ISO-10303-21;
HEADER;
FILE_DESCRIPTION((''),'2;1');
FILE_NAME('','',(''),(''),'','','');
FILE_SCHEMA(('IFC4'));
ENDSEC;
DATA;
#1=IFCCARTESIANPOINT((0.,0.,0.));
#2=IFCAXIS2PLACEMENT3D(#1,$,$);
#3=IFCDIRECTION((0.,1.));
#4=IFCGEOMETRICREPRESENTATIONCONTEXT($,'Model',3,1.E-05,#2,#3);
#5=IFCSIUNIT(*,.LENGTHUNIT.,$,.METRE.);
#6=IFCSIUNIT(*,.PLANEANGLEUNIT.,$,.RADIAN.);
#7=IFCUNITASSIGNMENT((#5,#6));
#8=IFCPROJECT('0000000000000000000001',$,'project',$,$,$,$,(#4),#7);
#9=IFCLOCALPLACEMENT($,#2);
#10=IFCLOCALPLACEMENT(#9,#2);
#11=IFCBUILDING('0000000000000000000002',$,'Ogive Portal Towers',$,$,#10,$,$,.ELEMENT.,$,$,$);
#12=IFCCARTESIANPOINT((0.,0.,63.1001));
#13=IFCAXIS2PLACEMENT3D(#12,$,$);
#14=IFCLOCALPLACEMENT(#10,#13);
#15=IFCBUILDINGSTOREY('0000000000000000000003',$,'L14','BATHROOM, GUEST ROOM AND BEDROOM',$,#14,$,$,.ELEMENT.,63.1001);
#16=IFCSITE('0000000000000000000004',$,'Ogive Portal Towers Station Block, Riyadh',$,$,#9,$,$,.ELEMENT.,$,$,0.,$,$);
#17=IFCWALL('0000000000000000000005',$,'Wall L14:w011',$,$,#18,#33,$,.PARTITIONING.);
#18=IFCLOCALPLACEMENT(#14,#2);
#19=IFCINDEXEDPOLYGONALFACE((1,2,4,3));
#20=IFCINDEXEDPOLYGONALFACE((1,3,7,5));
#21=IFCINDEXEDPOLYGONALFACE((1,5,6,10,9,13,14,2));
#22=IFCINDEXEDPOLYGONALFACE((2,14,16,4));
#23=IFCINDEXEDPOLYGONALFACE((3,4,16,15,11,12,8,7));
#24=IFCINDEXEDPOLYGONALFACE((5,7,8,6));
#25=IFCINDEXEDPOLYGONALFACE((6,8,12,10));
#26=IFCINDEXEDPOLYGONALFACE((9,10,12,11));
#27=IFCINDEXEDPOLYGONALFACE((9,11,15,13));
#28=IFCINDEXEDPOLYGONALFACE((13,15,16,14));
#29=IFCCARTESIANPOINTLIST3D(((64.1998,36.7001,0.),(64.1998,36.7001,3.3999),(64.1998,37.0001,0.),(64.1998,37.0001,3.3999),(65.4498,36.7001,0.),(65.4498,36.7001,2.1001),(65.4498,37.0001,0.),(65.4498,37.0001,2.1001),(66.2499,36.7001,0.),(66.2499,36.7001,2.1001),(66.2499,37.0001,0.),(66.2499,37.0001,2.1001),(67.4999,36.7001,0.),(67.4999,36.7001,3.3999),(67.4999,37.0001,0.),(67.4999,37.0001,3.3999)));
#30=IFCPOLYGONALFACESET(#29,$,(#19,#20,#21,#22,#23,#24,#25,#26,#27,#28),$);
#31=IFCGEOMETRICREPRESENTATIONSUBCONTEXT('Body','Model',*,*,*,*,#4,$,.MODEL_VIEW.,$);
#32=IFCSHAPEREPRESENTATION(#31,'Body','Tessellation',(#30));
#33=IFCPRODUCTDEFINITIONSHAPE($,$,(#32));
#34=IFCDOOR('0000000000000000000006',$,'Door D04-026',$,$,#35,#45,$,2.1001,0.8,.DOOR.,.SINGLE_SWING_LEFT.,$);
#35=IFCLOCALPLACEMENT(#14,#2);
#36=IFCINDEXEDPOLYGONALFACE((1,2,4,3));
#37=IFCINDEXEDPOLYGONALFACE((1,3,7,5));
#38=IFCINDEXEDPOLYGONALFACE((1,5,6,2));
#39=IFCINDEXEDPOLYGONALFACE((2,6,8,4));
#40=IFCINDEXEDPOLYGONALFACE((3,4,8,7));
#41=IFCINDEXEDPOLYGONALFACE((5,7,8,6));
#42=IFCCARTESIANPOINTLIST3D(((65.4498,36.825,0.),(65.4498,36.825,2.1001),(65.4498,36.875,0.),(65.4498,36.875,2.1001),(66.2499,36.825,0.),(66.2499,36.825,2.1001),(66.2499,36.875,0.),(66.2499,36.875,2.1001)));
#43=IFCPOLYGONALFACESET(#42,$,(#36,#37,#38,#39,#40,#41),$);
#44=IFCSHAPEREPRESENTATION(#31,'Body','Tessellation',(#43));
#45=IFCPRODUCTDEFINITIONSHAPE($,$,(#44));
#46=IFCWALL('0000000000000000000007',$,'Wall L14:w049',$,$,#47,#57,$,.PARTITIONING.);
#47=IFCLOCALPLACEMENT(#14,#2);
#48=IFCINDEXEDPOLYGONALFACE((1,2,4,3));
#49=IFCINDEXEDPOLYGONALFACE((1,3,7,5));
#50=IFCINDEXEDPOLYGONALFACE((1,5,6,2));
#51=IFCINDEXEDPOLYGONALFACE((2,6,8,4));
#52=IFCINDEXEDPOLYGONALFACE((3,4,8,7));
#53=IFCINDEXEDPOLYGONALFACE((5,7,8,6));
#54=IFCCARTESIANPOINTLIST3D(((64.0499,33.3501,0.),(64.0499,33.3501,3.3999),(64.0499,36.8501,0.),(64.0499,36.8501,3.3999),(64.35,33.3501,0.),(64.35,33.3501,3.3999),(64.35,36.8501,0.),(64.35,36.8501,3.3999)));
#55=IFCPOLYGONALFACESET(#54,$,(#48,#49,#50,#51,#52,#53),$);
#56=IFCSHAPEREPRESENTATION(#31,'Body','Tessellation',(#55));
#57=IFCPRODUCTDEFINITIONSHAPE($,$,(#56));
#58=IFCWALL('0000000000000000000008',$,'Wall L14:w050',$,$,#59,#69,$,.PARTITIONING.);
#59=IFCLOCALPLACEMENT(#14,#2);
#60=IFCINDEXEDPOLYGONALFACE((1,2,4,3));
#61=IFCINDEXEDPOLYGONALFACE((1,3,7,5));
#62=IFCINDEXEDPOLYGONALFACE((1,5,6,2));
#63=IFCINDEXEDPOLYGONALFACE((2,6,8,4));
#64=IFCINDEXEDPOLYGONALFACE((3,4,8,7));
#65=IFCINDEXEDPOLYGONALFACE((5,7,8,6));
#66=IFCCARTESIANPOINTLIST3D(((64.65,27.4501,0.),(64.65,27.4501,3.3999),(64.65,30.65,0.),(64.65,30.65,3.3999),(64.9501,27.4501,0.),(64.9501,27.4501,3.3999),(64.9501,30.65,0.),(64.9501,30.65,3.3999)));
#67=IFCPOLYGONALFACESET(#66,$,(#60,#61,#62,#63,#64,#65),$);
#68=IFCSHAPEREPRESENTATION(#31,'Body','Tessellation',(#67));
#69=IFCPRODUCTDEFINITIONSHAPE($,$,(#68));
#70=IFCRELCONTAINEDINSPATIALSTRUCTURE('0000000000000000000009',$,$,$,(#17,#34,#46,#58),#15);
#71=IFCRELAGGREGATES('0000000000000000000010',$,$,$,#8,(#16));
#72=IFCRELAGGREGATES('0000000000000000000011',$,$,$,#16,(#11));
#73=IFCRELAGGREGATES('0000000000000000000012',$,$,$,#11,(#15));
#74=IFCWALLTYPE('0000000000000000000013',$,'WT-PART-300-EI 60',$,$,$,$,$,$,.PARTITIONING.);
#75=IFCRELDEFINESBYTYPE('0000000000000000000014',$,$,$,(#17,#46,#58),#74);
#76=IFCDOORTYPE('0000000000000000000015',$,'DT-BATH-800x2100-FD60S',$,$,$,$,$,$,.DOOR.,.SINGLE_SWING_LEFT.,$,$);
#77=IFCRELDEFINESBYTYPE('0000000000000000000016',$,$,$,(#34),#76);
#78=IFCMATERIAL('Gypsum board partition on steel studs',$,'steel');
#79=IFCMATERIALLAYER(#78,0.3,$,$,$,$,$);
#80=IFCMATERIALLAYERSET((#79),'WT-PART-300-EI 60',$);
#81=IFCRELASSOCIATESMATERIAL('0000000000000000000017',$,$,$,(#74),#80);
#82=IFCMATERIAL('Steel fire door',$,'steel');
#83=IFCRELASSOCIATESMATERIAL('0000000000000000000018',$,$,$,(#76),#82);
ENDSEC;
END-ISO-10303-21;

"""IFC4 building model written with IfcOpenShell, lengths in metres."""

from ifc_helpers import new_model, si_unit, direction, frame, frame_2d, origin, place, context, subcontext, project, spatial, rectangle, extrude, material, layer, layer_set, type_object, element, fill, save


model = new_model("IFC4")

# Units and contexts
model_context = context("Model", 3, precision=1e-05, world=origin(), true_north=direction((0.0, 1.0)))
body_context = subcontext(model_context, "Body", "Model", "MODEL_VIEW")
ifc_project = project(units=[si_unit("LENGTHUNIT", "METRE"), si_unit("PLANEANGLEUNIT", "RADIAN")], contexts=[model_context])

# Site, building, storey
site_placement = place(None, origin())
site = spatial("IfcSite", under=ifc_project, at=site_placement, Name="Ogive Portal Towers Station Block, Riyadh", CompositionType="ELEMENT", RefElevation=0.0)
building_placement = place(site_placement, origin())
building = spatial("IfcBuilding", under=site, at=building_placement, Name="Ogive Portal Towers", CompositionType="ELEMENT")
storey_placement = place(building_placement, frame((0.0, 0.0, 63.1001)))
storey = spatial("IfcBuildingStorey", under=building, at=storey_placement, Name="L14", Description="BATHROOM, GUEST ROOM AND BEDROOM", CompositionType="ELEMENT", Elevation=63.1001)

# Shared definitions
ifc_material_1 = material(Name="Gypsum board partition on steel studs", Category="steel")
ifc_material_2 = material(Name="Steel fire door", Category="steel")

# Wall, opening, door
ifc_layer_1 = layer(ifc_material_1, 0.3)
ifc_layer_set_1 = layer_set([ifc_layer_1], Name="WT-PART-300-EI 60")
wall_type_1 = type_object("IfcWallType", Name="WT-PART-300-EI 60", PredefinedType="PARTITIONING", material=ifc_layer_set_1)
door_type_1 = type_object("IfcDoorType", Name="DT-BATH-800x2100-FD60S", OperationType="SINGLE_SWING_LEFT", PredefinedType="DOOR", material=ifc_material_2)
wall_1_placement = place(storey_placement, frame((64.2, 36.8501, 0.0), z_axis=(0.0, 0.0, 1.0), x_axis=(1.0, 0.0, 0.0)))
wall_1 = element("IfcWall", 1, at=wall_1_placement, inside=storey, type_object=wall_type_1, Name="Wall L14:w011", PredefinedType="PARTITIONING", context=body_context, shape_type="SweptSolid", body=[
    extrude(rectangle(XDim=3.3, YDim=0.3, at=frame_2d((1.6499, 0.0))), origin(), (0.0, 0.0, 1.0), 3.3999),
])
opening_1_placement = place(wall_1_placement, frame((1.25, 0.0, 0.0)))
opening_1 = element("IfcOpeningElement", 2, at=opening_1_placement, cuts=wall_1, PredefinedType="OPENING", context=body_context, shape_type="SweptSolid", body=[
    extrude(rectangle(XDim=0.8, YDim=2.1001, at=frame_2d((0.3999, 1.05))), frame((0.0, 0.1602, 0.0), z_axis=(0.0, -1.0, 0.0), x_axis=(1.0, 0.0, 0.0)), (0.0, 0.0, 1.0), 0.3201),
])
door_1_placement = place(opening_1_placement, origin())
door_1 = element("IfcDoor", 3, at=door_1_placement, inside=storey, type_object=door_type_1, Name="Door D04-026", OperationType="SINGLE_SWING_LEFT", OverallHeight=2.1001, OverallWidth=0.8, PredefinedType="DOOR", context=body_context, shape_type="SweptSolid", body=[
    extrude(rectangle(XDim=0.8, YDim=2.1001, at=frame_2d((0.3999, 1.05))), frame((0.0, 0.0249, 0.0), z_axis=(0.0, -1.0, 0.0), x_axis=(1.0, 0.0, 0.0)), (0.0, 0.0, 1.0), 0.05),
])
fill(opening_1, door_1)

# Walls
wall_2_placement = place(storey_placement, frame((64.2, 33.3501, 0.0), z_axis=(0.0, 0.0, 1.0), x_axis=(0.0, 1.0, 0.0)))
element("IfcWall", 4, at=wall_2_placement, inside=storey, type_object=wall_type_1, Name="Wall L14:w049", PredefinedType="PARTITIONING", context=body_context, shape_type="SweptSolid", body=[
    extrude(rectangle(XDim=3.5, YDim=0.3, at=frame_2d((1.75, 0.0))), origin(), (0.0, 0.0, 1.0), 3.3999),
])
wall_3_placement = place(storey_placement, frame((64.8, 27.45, 0.0), z_axis=(0.0, 0.0, 1.0), x_axis=(0.0, 1.0, 0.0)))
element("IfcWall", 5, at=wall_3_placement, inside=storey, type_object=wall_type_1, Name="Wall L14:w050", PredefinedType="PARTITIONING", context=body_context, shape_type="SweptSolid", body=[
    extrude(rectangle(XDim=3.2, YDim=0.3, at=frame_2d((1.6001, 0.0))), origin(), (0.0, 0.0, 1.0), 3.3999),
])

save(model, "model.ifc")
